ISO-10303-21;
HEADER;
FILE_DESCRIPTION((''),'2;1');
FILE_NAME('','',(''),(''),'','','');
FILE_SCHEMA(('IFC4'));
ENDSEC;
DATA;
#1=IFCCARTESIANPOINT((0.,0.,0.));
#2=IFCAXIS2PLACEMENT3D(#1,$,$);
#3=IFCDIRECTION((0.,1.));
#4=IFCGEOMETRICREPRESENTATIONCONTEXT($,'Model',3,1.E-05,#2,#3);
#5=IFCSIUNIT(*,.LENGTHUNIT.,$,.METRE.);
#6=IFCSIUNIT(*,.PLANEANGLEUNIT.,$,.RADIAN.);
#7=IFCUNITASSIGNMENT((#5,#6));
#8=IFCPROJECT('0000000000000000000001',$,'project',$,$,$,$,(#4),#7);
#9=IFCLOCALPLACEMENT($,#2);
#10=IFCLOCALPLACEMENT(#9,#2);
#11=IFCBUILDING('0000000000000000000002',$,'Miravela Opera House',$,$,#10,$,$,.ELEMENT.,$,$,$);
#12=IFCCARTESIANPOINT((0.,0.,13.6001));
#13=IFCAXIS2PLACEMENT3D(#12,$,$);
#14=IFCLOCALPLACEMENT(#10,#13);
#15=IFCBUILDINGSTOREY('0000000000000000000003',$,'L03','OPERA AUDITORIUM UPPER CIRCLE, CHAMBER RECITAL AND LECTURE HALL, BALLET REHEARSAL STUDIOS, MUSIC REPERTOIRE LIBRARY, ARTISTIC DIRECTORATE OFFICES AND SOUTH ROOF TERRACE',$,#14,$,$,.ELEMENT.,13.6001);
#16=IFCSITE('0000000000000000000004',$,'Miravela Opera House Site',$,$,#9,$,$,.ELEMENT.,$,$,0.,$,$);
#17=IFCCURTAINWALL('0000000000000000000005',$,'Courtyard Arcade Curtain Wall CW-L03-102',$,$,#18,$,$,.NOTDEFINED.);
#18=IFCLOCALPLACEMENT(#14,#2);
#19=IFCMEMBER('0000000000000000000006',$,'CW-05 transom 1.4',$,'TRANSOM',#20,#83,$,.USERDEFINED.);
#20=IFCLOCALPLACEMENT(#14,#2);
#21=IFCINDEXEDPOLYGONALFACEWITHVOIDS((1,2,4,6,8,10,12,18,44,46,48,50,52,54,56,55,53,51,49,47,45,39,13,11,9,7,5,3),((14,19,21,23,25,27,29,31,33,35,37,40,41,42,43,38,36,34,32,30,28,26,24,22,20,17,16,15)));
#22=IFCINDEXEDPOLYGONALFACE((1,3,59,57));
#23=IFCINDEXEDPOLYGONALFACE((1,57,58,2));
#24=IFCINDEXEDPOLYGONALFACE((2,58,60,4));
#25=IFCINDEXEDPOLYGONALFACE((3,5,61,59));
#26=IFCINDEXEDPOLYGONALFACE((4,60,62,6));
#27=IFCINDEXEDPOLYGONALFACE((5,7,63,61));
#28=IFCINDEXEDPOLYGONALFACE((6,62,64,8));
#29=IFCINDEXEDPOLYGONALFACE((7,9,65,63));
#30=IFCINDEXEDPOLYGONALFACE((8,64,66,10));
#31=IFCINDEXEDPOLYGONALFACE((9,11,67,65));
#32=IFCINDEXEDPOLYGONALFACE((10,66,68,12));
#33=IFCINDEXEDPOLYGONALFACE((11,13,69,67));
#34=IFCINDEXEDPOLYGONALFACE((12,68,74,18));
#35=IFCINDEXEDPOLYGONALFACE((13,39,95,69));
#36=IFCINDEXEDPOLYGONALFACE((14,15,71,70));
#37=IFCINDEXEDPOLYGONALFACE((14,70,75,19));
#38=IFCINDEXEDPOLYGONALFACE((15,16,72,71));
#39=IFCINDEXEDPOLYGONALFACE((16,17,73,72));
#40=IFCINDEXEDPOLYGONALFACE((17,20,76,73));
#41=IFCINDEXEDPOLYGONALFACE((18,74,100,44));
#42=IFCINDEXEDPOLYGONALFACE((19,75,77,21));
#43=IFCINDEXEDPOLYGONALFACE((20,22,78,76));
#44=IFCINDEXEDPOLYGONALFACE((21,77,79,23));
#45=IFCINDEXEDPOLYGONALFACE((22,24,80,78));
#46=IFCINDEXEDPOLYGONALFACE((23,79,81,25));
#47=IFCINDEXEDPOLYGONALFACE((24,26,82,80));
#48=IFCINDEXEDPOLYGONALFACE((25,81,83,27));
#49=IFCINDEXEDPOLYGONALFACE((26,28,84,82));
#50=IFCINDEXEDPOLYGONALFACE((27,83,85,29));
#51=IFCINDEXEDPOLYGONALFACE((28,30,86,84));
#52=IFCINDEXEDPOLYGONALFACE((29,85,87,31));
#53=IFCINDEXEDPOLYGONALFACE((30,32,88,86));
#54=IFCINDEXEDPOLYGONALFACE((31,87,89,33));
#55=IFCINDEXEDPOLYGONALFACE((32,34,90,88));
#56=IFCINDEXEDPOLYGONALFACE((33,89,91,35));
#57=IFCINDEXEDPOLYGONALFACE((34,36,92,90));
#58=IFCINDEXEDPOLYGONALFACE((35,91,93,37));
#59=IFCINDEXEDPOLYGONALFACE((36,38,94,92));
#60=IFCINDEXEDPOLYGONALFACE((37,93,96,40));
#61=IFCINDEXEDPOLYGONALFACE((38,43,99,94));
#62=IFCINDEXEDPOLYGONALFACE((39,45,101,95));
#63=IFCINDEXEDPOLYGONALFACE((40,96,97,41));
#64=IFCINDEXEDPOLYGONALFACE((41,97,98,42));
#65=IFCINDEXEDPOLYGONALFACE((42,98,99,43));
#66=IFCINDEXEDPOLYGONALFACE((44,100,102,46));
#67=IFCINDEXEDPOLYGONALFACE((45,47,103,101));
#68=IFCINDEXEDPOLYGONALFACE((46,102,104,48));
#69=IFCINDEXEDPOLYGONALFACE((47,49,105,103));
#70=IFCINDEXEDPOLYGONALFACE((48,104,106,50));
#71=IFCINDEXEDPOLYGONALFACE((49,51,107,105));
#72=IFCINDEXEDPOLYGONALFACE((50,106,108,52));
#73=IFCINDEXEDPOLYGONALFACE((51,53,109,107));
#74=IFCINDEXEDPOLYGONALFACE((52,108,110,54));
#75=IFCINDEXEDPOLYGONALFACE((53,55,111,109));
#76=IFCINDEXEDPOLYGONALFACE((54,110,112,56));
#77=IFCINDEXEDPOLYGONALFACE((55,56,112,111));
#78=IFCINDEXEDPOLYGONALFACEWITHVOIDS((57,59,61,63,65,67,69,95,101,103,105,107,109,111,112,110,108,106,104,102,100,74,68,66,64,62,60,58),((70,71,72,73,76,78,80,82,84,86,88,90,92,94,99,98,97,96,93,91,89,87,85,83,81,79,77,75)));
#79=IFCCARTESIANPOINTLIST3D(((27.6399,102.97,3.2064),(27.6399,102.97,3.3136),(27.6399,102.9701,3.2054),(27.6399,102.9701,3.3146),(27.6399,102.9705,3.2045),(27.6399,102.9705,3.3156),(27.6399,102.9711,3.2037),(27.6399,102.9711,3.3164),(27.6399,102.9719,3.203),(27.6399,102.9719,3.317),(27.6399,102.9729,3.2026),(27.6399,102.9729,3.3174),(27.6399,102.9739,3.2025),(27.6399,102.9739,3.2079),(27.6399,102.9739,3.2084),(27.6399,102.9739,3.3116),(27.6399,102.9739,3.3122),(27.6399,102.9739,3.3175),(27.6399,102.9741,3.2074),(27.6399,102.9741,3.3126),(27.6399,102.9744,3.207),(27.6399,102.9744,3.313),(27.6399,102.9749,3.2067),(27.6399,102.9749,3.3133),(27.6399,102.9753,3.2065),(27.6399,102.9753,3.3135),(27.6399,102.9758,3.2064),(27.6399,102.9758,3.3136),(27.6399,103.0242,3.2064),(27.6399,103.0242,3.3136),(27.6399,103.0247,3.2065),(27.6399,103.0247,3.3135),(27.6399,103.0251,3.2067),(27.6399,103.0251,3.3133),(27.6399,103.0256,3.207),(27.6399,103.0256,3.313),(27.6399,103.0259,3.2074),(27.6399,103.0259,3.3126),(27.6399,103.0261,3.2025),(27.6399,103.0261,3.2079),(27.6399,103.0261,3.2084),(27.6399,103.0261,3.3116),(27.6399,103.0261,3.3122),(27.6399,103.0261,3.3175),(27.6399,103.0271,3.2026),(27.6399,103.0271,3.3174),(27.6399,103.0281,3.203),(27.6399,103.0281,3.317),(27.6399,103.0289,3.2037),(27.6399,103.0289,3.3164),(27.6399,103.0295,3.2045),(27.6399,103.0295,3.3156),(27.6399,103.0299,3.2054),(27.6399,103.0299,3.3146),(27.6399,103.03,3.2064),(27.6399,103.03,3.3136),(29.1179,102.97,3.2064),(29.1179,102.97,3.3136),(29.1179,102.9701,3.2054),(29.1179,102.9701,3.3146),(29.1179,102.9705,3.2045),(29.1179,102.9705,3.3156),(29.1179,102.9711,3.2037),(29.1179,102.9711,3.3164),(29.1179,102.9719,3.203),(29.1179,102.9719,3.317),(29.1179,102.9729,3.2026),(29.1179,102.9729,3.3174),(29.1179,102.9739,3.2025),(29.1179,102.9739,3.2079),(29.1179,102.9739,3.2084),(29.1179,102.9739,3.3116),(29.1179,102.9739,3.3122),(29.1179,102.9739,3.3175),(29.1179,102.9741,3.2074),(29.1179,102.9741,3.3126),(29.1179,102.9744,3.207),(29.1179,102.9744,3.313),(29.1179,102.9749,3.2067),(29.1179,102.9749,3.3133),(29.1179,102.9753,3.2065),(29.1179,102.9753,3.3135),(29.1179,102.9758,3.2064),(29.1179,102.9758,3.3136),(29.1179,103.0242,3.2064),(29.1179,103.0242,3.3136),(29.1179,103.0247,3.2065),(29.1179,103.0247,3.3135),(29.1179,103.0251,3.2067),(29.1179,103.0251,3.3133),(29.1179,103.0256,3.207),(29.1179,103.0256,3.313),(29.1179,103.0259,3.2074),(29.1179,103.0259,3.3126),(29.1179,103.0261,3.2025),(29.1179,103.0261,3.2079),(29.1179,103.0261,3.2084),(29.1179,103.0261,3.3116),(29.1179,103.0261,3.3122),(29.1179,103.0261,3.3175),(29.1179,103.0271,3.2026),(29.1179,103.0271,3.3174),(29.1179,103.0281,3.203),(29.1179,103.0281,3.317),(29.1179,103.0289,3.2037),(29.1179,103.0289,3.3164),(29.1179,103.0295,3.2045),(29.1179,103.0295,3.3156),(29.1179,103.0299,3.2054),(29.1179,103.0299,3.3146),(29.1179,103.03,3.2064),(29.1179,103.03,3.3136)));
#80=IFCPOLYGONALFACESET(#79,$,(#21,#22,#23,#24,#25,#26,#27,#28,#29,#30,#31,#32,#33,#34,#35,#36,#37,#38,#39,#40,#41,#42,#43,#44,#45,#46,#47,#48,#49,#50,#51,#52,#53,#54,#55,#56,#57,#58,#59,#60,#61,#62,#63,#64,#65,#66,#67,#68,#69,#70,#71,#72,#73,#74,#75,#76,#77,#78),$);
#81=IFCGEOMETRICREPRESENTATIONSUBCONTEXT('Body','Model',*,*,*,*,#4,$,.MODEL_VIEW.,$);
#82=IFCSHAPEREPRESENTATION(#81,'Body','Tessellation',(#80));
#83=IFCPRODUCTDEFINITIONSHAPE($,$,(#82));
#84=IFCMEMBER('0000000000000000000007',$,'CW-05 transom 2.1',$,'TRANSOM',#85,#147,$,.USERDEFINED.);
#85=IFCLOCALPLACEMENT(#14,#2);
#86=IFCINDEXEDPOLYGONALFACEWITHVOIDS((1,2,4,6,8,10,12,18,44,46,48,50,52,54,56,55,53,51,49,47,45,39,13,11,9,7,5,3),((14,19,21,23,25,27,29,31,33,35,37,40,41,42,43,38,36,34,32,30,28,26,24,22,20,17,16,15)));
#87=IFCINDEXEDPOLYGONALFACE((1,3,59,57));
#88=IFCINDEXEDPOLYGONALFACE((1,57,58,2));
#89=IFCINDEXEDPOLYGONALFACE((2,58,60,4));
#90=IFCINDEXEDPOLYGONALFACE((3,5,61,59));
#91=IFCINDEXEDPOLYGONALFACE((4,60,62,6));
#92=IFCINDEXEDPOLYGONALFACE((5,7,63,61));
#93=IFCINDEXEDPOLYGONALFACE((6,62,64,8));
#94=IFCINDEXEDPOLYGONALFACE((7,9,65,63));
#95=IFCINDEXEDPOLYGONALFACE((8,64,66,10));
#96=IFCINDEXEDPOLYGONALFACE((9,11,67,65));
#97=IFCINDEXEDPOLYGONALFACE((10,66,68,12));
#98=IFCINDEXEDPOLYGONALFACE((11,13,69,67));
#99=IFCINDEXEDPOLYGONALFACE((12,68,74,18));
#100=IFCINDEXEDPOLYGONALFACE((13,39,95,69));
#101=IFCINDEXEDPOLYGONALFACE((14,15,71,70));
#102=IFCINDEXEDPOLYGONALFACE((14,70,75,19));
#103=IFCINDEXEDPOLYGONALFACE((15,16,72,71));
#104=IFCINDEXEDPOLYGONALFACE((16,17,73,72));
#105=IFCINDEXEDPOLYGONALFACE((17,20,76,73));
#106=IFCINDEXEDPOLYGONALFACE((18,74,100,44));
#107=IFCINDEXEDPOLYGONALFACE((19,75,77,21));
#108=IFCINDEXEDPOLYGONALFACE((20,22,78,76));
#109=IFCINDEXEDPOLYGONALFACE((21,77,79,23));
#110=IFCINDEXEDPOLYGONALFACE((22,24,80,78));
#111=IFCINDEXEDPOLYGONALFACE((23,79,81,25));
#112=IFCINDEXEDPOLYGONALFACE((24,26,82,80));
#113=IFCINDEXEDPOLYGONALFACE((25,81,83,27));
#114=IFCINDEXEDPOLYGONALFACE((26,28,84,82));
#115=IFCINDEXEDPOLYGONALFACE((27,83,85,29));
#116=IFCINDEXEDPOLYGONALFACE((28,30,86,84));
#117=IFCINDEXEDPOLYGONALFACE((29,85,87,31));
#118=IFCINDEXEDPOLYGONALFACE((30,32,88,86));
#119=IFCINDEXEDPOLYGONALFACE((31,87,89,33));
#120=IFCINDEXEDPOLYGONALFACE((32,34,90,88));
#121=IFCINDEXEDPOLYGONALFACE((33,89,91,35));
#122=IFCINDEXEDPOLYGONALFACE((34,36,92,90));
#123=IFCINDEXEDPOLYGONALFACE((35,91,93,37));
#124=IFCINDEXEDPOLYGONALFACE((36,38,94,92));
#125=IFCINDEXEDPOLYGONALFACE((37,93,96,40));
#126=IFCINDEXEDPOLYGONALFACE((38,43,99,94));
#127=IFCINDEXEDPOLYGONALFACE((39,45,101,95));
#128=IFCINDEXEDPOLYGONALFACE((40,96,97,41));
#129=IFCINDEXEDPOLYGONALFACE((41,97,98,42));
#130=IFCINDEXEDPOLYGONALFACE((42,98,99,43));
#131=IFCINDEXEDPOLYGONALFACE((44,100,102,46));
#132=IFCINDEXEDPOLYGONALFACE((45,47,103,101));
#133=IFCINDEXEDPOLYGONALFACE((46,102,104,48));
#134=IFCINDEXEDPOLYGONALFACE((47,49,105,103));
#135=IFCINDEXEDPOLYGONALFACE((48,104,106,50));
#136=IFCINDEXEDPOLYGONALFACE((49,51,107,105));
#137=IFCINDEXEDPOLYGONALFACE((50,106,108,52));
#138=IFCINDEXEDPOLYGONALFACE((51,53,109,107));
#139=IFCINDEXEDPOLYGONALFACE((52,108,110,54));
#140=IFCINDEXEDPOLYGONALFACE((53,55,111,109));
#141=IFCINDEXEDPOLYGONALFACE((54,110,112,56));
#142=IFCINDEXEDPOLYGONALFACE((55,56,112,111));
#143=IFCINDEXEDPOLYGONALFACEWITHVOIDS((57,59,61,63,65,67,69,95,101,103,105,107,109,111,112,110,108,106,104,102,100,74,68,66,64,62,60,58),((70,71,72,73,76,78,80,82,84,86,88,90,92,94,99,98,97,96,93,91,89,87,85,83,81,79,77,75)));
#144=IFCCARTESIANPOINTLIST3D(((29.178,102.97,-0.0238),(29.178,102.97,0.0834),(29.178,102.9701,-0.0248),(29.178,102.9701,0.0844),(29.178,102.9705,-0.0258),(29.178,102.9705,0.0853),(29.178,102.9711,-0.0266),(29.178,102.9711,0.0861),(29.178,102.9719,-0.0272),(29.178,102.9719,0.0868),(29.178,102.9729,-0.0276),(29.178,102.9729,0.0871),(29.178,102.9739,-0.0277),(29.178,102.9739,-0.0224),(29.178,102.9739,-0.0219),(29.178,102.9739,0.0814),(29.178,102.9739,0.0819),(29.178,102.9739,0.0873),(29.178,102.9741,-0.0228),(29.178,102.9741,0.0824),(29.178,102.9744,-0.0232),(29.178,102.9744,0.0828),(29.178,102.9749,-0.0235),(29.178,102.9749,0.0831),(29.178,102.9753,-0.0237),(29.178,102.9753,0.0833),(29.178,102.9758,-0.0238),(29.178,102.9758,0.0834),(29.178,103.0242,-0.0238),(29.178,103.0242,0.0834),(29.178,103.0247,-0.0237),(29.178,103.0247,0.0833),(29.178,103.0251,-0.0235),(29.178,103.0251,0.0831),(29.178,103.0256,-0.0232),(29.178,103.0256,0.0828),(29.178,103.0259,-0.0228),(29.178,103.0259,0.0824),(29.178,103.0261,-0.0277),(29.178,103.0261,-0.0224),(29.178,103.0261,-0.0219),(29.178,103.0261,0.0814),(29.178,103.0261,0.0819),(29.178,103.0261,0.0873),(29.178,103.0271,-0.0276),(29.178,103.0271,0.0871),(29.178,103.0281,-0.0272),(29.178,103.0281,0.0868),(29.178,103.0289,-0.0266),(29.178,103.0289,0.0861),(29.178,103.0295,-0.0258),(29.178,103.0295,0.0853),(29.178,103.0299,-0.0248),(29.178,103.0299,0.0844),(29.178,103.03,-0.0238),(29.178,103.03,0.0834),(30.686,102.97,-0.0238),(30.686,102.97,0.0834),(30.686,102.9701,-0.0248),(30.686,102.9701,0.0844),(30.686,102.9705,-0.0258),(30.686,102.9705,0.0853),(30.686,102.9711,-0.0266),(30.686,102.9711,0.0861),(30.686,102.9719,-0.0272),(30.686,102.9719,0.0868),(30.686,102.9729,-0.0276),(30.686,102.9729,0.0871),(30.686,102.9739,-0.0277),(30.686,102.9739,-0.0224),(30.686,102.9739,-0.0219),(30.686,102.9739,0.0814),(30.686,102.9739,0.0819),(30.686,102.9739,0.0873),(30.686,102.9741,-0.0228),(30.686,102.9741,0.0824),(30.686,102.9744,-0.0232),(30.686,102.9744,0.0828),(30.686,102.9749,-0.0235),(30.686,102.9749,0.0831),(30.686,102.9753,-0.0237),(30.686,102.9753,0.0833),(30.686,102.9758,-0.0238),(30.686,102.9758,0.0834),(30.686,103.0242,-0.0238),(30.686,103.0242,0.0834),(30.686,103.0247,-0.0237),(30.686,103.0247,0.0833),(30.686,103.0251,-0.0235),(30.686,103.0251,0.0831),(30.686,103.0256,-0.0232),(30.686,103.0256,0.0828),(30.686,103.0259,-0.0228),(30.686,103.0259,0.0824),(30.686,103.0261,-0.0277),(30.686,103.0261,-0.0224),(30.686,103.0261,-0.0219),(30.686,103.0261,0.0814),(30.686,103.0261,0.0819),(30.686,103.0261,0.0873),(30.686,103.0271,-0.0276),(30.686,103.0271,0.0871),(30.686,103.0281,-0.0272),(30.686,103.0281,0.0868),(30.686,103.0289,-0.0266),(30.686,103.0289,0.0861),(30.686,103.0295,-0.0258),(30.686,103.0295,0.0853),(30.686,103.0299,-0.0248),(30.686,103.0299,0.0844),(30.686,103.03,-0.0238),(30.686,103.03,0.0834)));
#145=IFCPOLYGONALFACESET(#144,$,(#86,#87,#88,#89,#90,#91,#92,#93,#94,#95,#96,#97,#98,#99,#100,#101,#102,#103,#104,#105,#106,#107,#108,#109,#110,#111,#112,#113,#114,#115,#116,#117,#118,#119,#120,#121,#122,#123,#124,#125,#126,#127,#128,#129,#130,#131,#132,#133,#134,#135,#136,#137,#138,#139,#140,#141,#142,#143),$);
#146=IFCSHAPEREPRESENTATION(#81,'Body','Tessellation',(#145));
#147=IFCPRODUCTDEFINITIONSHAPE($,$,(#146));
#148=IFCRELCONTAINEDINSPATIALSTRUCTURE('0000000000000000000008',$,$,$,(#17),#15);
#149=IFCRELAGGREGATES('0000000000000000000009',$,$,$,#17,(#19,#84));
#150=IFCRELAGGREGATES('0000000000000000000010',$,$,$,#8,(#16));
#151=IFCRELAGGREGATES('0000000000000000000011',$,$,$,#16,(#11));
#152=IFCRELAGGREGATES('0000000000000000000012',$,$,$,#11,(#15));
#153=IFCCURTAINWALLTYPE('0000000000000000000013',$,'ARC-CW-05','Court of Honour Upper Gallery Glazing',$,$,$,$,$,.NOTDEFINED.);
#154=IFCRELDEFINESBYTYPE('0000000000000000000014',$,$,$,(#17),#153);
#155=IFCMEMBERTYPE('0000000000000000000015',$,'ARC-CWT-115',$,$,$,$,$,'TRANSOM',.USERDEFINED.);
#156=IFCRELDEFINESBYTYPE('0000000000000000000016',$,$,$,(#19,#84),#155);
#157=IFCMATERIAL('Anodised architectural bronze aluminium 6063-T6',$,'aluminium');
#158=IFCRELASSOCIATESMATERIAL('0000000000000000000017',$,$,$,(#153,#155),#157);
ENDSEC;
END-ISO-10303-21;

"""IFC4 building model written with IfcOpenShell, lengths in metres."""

from ifc_helpers import new_model, si_unit, direction, frame, origin, origin_2d, place, context, subcontext, project, spatial, hollow_rectangle, extrude, material, material_profile, profile_set, type_object, element, aggregate, save


model = new_model("IFC4")

# Units and contexts
model_context = context("Model", 3, precision=1e-05, world=origin(), true_north=direction((0.0, 1.0)))
body_context = subcontext(model_context, "Body", "Model", "MODEL_VIEW")
ifc_project = project(units=[si_unit("LENGTHUNIT", "METRE"), si_unit("PLANEANGLEUNIT", "RADIAN")], contexts=[model_context])

# Site, building, storey
site_placement = place(None, origin())
site = spatial("IfcSite", under=ifc_project, at=site_placement, Name="Miravela Opera House Site", CompositionType="ELEMENT", RefElevation=0.0)
building_placement = place(site_placement, origin())
building = spatial("IfcBuilding", under=site, at=building_placement, Name="Miravela Opera House", CompositionType="ELEMENT")
storey_placement = place(building_placement, frame((0.0, 0.0, 13.6001)))
storey = spatial("IfcBuildingStorey", under=building, at=storey_placement, Name="L03", Description="OPERA AUDITORIUM UPPER CIRCLE, CHAMBER RECITAL AND LECTURE HALL, BALLET REHEARSAL STUDIOS, MUSIC REPERTOIRE LIBRARY, ARTISTIC DIRECTORATE OFFICES AND SOUTH ROOF TERRACE", CompositionType="ELEMENT", Elevation=13.6001)

# Curtain wall
ifc_material_1 = material(Name="Anodised architectural bronze aluminium 6063-T6", Category="aluminium")
curtain_wall_type = type_object("IfcCurtainWallType", Name="ARC-CW-05", Description="Court of Honour Upper Gallery Glazing", PredefinedType="NOTDEFINED", material=ifc_material_1)
curtain_wall_1_placement = place(storey_placement, origin())
curtain_wall_1 = element("IfcCurtainWall", 1, at=curtain_wall_1_placement, inside=storey, type_object=curtain_wall_type, Name="Courtyard Arcade Curtain Wall CW-L03-102", PredefinedType="NOTDEFINED")

# Members
ifc_material_profile_1 = material_profile(ifc_material_1, hollow_rectangle(XDim=0.0601, YDim=0.115, WallThickness=0.0039, InnerFilletRadius=0.002, OuterFilletRadius=0.0039, at=origin_2d()), Name="CWT-60X115")
ifc_profile_set_1 = profile_set([ifc_material_profile_1])
member_type_1 = type_object("IfcMemberType", Name="ARC-CWT-115", ElementType="TRANSOM", PredefinedType="USERDEFINED", material=ifc_profile_set_1)
member_1_placement = place(storey_placement, frame((27.6399, 103.0, 3.26), z_axis=(1.0, 0.0, 0.0), x_axis=(0.0, 1.0, 0.0)))
member_1 = element("IfcMember", 2, at=member_1_placement, type_object=member_type_1, Name="CW-05 transom 1.4", ObjectType="TRANSOM", PredefinedType="USERDEFINED", context=body_context, shape_type="SweptSolid", body=[
    extrude(hollow_rectangle(XDim=0.0601, YDim=0.115, WallThickness=0.0039, InnerFilletRadius=0.002, OuterFilletRadius=0.0039, at=origin_2d()), origin(), (0.0, 0.0, 1.0), 1.478),
])
member_2_placement = place(storey_placement, frame((29.178, 103.0, 0.0298), z_axis=(1.0, 0.0, 0.0), x_axis=(0.0, 1.0, 0.0)))
member_2 = element("IfcMember", 3, at=member_2_placement, type_object=member_type_1, Name="CW-05 transom 2.1", ObjectType="TRANSOM", PredefinedType="USERDEFINED", context=body_context, shape_type="SweptSolid", body=[
    extrude(hollow_rectangle(XDim=0.0601, YDim=0.115, WallThickness=0.0039, InnerFilletRadius=0.002, OuterFilletRadius=0.0039, at=origin_2d()), origin(), (0.0, 0.0, 1.0), 1.5081),
])

aggregate(curtain_wall_1, [member_1, member_2])

save(model, "model.ifc")
